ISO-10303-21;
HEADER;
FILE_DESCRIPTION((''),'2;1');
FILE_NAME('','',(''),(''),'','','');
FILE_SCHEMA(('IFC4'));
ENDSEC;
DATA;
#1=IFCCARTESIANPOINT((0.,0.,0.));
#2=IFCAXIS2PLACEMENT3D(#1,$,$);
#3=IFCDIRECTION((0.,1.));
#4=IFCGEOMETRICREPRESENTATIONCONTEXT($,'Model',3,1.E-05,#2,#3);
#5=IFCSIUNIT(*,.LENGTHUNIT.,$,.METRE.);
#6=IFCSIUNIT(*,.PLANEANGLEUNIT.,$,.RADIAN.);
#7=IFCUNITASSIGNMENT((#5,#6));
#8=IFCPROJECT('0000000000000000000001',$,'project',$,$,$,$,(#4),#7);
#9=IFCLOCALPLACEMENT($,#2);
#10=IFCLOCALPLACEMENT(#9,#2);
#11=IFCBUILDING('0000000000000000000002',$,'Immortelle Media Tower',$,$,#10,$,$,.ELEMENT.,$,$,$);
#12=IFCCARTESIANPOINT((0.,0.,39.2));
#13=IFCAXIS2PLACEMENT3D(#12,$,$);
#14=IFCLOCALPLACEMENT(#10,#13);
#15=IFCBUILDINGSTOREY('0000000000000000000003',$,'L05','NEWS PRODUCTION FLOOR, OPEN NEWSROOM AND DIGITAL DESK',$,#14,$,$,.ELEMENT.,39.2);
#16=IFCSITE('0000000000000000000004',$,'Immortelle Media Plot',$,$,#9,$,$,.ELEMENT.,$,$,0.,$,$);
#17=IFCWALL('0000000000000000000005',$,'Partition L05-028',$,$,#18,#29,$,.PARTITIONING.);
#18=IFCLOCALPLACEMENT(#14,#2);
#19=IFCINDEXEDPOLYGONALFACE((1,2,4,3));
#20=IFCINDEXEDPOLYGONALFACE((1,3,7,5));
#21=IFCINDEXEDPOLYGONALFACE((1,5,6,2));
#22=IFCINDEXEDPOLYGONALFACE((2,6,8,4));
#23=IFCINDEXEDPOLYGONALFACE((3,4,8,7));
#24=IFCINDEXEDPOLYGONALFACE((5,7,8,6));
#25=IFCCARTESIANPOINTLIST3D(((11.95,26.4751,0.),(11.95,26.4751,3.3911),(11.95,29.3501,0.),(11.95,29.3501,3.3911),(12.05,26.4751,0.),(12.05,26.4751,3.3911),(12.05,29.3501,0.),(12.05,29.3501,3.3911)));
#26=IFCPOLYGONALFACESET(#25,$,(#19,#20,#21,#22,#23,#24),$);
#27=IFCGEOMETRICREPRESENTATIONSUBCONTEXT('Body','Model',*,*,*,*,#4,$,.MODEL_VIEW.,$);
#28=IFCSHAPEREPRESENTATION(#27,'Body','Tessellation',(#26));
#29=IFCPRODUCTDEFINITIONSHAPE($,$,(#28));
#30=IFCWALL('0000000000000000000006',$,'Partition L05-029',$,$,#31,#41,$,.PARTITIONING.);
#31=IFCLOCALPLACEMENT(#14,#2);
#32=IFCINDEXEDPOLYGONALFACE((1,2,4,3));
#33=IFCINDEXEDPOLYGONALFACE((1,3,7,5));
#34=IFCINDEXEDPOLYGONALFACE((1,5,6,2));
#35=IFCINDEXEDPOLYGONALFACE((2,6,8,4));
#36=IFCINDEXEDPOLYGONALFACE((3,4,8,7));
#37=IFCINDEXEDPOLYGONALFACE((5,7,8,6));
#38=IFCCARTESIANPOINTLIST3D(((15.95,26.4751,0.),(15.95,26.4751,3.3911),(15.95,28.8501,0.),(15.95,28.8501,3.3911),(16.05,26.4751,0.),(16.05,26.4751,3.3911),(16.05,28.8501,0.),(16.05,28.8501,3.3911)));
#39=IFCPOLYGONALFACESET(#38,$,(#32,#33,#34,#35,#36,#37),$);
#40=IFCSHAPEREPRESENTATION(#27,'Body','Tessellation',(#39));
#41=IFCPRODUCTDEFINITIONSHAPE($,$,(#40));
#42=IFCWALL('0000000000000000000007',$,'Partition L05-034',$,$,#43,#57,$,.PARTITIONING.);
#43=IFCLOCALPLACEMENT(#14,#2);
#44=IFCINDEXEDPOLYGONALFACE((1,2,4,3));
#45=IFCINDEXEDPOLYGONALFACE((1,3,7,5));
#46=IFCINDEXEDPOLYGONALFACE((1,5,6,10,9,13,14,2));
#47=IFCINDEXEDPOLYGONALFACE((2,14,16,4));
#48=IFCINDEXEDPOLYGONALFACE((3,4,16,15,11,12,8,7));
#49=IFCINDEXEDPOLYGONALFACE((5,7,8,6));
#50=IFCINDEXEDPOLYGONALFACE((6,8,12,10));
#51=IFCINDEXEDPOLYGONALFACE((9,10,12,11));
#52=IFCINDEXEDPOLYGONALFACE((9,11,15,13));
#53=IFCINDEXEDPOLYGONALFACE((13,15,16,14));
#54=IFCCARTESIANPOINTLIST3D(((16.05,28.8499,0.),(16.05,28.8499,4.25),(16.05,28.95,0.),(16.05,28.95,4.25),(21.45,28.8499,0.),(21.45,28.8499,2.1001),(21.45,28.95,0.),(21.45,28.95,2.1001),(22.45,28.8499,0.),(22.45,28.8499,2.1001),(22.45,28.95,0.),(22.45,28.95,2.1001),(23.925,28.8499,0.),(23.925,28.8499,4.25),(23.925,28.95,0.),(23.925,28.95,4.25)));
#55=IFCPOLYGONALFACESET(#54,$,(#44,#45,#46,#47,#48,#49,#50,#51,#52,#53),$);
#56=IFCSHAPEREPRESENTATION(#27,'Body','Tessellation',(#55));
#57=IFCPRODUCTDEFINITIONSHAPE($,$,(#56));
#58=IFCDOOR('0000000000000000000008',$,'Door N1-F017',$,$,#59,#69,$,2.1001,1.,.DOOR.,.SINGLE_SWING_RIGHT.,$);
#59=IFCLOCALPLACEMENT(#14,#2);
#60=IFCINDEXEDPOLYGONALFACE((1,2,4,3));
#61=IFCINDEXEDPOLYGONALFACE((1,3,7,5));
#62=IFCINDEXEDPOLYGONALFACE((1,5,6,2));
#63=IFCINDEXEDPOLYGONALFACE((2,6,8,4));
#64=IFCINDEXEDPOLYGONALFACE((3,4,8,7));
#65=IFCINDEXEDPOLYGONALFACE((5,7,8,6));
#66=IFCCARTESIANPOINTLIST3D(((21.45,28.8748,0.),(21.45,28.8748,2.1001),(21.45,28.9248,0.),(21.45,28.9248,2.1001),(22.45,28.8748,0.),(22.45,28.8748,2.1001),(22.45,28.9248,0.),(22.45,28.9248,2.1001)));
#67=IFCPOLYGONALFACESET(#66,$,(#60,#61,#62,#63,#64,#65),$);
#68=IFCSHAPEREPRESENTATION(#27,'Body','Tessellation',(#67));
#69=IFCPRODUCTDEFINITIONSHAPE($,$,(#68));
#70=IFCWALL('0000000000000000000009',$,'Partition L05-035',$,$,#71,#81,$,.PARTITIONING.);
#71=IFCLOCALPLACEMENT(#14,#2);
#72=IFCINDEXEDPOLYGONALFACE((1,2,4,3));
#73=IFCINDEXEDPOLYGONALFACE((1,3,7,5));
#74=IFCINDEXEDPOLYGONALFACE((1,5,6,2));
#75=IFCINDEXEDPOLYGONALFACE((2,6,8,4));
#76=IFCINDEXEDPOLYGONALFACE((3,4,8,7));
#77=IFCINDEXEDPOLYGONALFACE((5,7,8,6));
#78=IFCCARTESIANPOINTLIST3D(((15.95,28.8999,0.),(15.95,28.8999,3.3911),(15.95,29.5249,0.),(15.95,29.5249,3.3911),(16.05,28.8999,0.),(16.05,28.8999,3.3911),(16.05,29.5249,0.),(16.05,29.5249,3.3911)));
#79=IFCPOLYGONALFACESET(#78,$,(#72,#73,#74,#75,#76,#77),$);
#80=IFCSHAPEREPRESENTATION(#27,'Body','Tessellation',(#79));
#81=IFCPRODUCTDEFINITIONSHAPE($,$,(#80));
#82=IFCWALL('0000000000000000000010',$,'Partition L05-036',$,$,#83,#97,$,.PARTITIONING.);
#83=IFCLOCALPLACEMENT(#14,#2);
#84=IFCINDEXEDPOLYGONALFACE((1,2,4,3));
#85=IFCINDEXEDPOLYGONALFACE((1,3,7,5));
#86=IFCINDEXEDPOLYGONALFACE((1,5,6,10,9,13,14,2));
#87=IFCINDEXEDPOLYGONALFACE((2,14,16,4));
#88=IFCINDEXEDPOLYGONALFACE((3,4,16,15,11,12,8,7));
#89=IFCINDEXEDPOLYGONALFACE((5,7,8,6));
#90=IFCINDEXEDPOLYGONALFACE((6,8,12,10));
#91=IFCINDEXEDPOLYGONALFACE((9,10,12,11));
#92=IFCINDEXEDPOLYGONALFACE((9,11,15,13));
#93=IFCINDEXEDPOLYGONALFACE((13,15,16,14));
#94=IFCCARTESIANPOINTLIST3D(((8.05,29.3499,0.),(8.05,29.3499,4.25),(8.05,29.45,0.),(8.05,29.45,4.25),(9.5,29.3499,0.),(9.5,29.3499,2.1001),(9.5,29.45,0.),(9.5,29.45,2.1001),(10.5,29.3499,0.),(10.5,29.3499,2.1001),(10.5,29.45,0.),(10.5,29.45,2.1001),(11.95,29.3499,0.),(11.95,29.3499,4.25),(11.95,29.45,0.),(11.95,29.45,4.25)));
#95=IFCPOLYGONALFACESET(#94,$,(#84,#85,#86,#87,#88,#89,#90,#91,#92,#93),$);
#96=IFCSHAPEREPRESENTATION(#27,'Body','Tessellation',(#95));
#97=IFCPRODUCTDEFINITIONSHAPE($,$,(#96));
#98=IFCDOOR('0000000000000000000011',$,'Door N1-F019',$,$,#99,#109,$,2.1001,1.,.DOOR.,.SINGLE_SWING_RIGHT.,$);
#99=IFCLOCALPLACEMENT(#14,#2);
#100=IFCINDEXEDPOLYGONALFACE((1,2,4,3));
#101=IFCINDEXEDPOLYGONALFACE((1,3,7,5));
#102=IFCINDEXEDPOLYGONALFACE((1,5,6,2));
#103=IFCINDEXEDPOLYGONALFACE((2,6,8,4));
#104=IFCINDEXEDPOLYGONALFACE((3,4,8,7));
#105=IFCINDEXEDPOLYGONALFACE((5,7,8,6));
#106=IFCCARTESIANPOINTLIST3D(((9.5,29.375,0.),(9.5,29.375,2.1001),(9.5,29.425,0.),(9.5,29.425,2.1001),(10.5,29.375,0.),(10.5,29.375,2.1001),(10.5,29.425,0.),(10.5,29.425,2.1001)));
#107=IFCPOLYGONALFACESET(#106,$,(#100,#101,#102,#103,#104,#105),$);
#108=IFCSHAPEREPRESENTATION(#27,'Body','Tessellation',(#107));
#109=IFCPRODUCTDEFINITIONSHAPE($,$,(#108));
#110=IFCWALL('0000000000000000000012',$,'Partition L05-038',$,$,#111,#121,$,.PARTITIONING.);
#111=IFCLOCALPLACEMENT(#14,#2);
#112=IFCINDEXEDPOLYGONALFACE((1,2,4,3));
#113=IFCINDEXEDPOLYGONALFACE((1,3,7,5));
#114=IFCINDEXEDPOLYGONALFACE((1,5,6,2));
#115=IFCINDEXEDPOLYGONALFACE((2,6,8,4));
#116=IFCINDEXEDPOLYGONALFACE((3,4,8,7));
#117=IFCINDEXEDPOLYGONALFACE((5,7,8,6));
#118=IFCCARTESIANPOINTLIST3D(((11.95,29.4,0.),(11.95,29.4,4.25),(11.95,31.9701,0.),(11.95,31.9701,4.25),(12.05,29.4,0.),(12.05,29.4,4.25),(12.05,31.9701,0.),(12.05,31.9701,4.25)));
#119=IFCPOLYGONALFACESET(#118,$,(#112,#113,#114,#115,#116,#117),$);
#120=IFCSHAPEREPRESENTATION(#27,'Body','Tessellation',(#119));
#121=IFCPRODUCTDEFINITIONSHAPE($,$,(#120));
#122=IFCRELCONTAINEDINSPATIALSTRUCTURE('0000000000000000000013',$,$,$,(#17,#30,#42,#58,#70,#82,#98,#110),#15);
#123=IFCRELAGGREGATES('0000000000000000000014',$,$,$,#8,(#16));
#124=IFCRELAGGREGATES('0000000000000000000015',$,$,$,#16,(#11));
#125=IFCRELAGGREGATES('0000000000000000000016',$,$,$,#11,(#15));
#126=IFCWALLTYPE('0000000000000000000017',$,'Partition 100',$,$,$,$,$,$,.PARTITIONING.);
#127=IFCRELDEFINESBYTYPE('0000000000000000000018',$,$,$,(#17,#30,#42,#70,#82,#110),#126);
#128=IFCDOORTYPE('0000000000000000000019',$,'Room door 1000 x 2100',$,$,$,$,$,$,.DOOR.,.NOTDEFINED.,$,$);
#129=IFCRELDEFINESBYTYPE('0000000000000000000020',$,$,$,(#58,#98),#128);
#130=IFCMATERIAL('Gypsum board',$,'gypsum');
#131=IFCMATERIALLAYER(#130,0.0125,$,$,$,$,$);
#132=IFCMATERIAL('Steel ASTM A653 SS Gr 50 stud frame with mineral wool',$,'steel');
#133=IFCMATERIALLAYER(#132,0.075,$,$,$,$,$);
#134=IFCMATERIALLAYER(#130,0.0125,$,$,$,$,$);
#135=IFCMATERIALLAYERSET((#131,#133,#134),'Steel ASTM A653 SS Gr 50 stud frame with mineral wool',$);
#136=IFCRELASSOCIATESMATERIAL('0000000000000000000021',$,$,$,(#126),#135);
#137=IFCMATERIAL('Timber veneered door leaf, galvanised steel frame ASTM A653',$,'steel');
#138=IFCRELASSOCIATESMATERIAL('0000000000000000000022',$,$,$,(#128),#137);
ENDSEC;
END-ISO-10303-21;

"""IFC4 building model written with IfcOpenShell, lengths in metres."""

from ifc_helpers import new_model, si_unit, direction, frame, frame_2d, origin, place, context, subcontext, project, spatial, rectangle, extrude, material, layer, layer_set, type_object, element, fill, save


model = new_model("IFC4")

# Units and contexts
model_context = context("Model", 3, precision=1e-05, world=origin(), true_north=direction((0.0, 1.0)))
body_context = subcontext(model_context, "Body", "Model", "MODEL_VIEW")
ifc_project = project(units=[si_unit("LENGTHUNIT", "METRE"), si_unit("PLANEANGLEUNIT", "RADIAN")], contexts=[model_context])

# Site, building, storey
site_placement = place(None, origin())
site = spatial("IfcSite", under=ifc_project, at=site_placement, Name="Immortelle Media Plot", CompositionType="ELEMENT", RefElevation=0.0)
building_placement = place(site_placement, origin())
building = spatial("IfcBuilding", under=site, at=building_placement, Name="Immortelle Media Tower", CompositionType="ELEMENT")
storey_placement = place(building_placement, frame((0.0, 0.0, 39.2)))
storey = spatial("IfcBuildingStorey", under=building, at=storey_placement, Name="L05", Description="NEWS PRODUCTION FLOOR, OPEN NEWSROOM AND DIGITAL DESK", CompositionType="ELEMENT", Elevation=39.2)

# Walls
ifc_material_1 = material(Name="Steel ASTM A653 SS Gr 50 stud frame with mineral wool", Category="steel")
ifc_material_2 = material(Name="Gypsum board", Category="gypsum")
ifc_layer_1 = layer(ifc_material_2, 0.0125)
ifc_layer_2 = layer(ifc_material_1, 0.075)
ifc_layer_3 = layer(ifc_material_2, 0.0125)
ifc_layer_set_1 = layer_set([ifc_layer_1, ifc_layer_2, ifc_layer_3], Name="Steel ASTM A653 SS Gr 50 stud frame with mineral wool")
wall_type_1 = type_object("IfcWallType", Name="Partition 100", PredefinedType="PARTITIONING", material=ifc_layer_set_1)
wall_1_placement = place(storey_placement, frame((12.0, 26.4751, 0.0), z_axis=(0.0, 0.0, 1.0), x_axis=(0.0, 1.0, 0.0)))
element("IfcWall", 1, at=wall_1_placement, inside=storey, type_object=wall_type_1, Name="Partition L05-028", PredefinedType="PARTITIONING", context=body_context, shape_type="SweptSolid", body=[
    extrude(rectangle(XDim=2.875, YDim=0.1001, at=frame_2d((1.4375, 0.0))), origin(), (0.0, 0.0, 1.0), 3.3911),
])
wall_2_placement = place(storey_placement, frame((16.0, 26.4751, 0.0), z_axis=(0.0, 0.0, 1.0), x_axis=(0.0, 1.0, 0.0)))
element("IfcWall", 2, at=wall_2_placement, inside=storey, type_object=wall_type_1, Name="Partition L05-029", PredefinedType="PARTITIONING", context=body_context, shape_type="SweptSolid", body=[
    extrude(rectangle(XDim=2.375, YDim=0.1001, at=frame_2d((1.1875, 0.0))), origin(), (0.0, 0.0, 1.0), 3.3911),
])

# Wall, opening, door
wall_3_placement = place(storey_placement, frame((16.05, 28.8999, 0.0), z_axis=(0.0, 0.0, 1.0), x_axis=(1.0, 0.0, 0.0)))
wall_3 = element("IfcWall", 3, at=wall_3_placement, inside=storey, type_object=wall_type_1, Name="Partition L05-034", PredefinedType="PARTITIONING", context=body_context, shape_type="SweptSolid", body=[
    extrude(rectangle(XDim=7.875, YDim=0.1001, at=frame_2d((3.9375, 0.0))), origin(), (0.0, 0.0, 1.0), 4.25),
])
opening_1_placement = place(wall_3_placement, frame((5.3999, 0.0, 0.0)))
opening_1 = element("IfcOpeningElement", 4, at=opening_1_placement, cuts=wall_3, PredefinedType="OPENING", context=body_context, shape_type="SweptSolid", body=[
    extrude(rectangle(XDim=1.0, YDim=2.1001, at=frame_2d((0.5, 1.05))), frame((0.0, 0.0601, 0.0), z_axis=(0.0, -1.0, 0.0), x_axis=(1.0, 0.0, 0.0)), (0.0, 0.0, 1.0), 0.1201),
])
ifc_material_3 = material(Name="Timber veneered door leaf, galvanised steel frame ASTM A653", Category="steel")
door_type = type_object("IfcDoorType", Name="Room door 1000 x 2100", OperationType="NOTDEFINED", PredefinedType="DOOR", material=ifc_material_3)
door_1_placement = place(opening_1_placement, origin())
door_1 = element("IfcDoor", 5, at=door_1_placement, inside=storey, type_object=door_type, Name="Door N1-F017", OperationType="SINGLE_SWING_RIGHT", OverallHeight=2.1001, OverallWidth=1.0, PredefinedType="DOOR", context=body_context, shape_type="SweptSolid", body=[
    extrude(rectangle(XDim=1.0, YDim=2.1001, at=frame_2d((0.5, 1.05))), frame((0.0, 0.0249, 0.0), z_axis=(0.0, -1.0, 0.0), x_axis=(1.0, 0.0, 0.0)), (0.0, 0.0, 1.0), 0.05),
])
fill(opening_1, door_1)

# Wall
wall_4_placement = place(storey_placement, frame((16.0, 28.8999, 0.0), z_axis=(0.0, 0.0, 1.0), x_axis=(0.0, 1.0, 0.0)))
element("IfcWall", 6, at=wall_4_placement, inside=storey, type_object=wall_type_1, Name="Partition L05-035", PredefinedType="PARTITIONING", context=body_context, shape_type="SweptSolid", body=[
    extrude(rectangle(XDim=0.625, YDim=0.1001, at=frame_2d((0.3125, 0.0))), origin(), (0.0, 0.0, 1.0), 3.3911),
])

# Wall, opening, door
wall_5_placement = place(storey_placement, frame((8.05, 29.3999, 0.0), z_axis=(0.0, 0.0, 1.0), x_axis=(1.0, 0.0, 0.0)))
wall_5 = element("IfcWall", 7, at=wall_5_placement, inside=storey, type_object=wall_type_1, Name="Partition L05-036", PredefinedType="PARTITIONING", context=body_context, shape_type="SweptSolid", body=[
    extrude(rectangle(XDim=3.8999, YDim=0.1001, at=frame_2d((1.95, 0.0))), origin(), (0.0, 0.0, 1.0), 4.25),
])
opening_2_placement = place(wall_5_placement, frame((2.45, 0.0, 0.0), z_axis=(0.0, 0.0, 1.0), x_axis=(-1.0, 0.0, 0.0)))
opening_2 = element("IfcOpeningElement", 8, at=opening_2_placement, cuts=wall_5, PredefinedType="OPENING", context=body_context, shape_type="SweptSolid", body=[
    extrude(rectangle(XDim=1.0, YDim=2.1001, at=frame_2d((0.5, 1.05))), frame((0.0, 0.0601, 0.0), z_axis=(0.0, -1.0, 0.0), x_axis=(1.0, 0.0, 0.0)), (0.0, 0.0, 1.0), 0.1201),
])
door_2_placement = place(opening_2_placement, origin())
door_2 = element("IfcDoor", 9, at=door_2_placement, inside=storey, type_object=door_type, Name="Door N1-F019", OperationType="SINGLE_SWING_RIGHT", OverallHeight=2.1001, OverallWidth=1.0, PredefinedType="DOOR", context=body_context, shape_type="SweptSolid", body=[
    extrude(rectangle(XDim=1.0, YDim=2.1001, at=frame_2d((0.5, 1.05))), frame((0.0, 0.0249, 0.0), z_axis=(0.0, -1.0, 0.0), x_axis=(1.0, 0.0, 0.0)), (0.0, 0.0, 1.0), 0.05),
])
fill(opening_2, door_2)

# Wall
wall_6_placement = place(storey_placement, frame((12.0, 29.3999, 0.0), z_axis=(0.0, 0.0, 1.0), x_axis=(0.0, 1.0, 0.0)))
element("IfcWall", 10, at=wall_6_placement, inside=storey, type_object=wall_type_1, Name="Partition L05-038", PredefinedType="PARTITIONING", context=body_context, shape_type="SweptSolid", body=[
    extrude(rectangle(XDim=2.5701, YDim=0.1001, at=frame_2d((1.2852, 0.0))), origin(), (0.0, 0.0, 1.0), 4.25),
])

save(model, "model.ifc")
